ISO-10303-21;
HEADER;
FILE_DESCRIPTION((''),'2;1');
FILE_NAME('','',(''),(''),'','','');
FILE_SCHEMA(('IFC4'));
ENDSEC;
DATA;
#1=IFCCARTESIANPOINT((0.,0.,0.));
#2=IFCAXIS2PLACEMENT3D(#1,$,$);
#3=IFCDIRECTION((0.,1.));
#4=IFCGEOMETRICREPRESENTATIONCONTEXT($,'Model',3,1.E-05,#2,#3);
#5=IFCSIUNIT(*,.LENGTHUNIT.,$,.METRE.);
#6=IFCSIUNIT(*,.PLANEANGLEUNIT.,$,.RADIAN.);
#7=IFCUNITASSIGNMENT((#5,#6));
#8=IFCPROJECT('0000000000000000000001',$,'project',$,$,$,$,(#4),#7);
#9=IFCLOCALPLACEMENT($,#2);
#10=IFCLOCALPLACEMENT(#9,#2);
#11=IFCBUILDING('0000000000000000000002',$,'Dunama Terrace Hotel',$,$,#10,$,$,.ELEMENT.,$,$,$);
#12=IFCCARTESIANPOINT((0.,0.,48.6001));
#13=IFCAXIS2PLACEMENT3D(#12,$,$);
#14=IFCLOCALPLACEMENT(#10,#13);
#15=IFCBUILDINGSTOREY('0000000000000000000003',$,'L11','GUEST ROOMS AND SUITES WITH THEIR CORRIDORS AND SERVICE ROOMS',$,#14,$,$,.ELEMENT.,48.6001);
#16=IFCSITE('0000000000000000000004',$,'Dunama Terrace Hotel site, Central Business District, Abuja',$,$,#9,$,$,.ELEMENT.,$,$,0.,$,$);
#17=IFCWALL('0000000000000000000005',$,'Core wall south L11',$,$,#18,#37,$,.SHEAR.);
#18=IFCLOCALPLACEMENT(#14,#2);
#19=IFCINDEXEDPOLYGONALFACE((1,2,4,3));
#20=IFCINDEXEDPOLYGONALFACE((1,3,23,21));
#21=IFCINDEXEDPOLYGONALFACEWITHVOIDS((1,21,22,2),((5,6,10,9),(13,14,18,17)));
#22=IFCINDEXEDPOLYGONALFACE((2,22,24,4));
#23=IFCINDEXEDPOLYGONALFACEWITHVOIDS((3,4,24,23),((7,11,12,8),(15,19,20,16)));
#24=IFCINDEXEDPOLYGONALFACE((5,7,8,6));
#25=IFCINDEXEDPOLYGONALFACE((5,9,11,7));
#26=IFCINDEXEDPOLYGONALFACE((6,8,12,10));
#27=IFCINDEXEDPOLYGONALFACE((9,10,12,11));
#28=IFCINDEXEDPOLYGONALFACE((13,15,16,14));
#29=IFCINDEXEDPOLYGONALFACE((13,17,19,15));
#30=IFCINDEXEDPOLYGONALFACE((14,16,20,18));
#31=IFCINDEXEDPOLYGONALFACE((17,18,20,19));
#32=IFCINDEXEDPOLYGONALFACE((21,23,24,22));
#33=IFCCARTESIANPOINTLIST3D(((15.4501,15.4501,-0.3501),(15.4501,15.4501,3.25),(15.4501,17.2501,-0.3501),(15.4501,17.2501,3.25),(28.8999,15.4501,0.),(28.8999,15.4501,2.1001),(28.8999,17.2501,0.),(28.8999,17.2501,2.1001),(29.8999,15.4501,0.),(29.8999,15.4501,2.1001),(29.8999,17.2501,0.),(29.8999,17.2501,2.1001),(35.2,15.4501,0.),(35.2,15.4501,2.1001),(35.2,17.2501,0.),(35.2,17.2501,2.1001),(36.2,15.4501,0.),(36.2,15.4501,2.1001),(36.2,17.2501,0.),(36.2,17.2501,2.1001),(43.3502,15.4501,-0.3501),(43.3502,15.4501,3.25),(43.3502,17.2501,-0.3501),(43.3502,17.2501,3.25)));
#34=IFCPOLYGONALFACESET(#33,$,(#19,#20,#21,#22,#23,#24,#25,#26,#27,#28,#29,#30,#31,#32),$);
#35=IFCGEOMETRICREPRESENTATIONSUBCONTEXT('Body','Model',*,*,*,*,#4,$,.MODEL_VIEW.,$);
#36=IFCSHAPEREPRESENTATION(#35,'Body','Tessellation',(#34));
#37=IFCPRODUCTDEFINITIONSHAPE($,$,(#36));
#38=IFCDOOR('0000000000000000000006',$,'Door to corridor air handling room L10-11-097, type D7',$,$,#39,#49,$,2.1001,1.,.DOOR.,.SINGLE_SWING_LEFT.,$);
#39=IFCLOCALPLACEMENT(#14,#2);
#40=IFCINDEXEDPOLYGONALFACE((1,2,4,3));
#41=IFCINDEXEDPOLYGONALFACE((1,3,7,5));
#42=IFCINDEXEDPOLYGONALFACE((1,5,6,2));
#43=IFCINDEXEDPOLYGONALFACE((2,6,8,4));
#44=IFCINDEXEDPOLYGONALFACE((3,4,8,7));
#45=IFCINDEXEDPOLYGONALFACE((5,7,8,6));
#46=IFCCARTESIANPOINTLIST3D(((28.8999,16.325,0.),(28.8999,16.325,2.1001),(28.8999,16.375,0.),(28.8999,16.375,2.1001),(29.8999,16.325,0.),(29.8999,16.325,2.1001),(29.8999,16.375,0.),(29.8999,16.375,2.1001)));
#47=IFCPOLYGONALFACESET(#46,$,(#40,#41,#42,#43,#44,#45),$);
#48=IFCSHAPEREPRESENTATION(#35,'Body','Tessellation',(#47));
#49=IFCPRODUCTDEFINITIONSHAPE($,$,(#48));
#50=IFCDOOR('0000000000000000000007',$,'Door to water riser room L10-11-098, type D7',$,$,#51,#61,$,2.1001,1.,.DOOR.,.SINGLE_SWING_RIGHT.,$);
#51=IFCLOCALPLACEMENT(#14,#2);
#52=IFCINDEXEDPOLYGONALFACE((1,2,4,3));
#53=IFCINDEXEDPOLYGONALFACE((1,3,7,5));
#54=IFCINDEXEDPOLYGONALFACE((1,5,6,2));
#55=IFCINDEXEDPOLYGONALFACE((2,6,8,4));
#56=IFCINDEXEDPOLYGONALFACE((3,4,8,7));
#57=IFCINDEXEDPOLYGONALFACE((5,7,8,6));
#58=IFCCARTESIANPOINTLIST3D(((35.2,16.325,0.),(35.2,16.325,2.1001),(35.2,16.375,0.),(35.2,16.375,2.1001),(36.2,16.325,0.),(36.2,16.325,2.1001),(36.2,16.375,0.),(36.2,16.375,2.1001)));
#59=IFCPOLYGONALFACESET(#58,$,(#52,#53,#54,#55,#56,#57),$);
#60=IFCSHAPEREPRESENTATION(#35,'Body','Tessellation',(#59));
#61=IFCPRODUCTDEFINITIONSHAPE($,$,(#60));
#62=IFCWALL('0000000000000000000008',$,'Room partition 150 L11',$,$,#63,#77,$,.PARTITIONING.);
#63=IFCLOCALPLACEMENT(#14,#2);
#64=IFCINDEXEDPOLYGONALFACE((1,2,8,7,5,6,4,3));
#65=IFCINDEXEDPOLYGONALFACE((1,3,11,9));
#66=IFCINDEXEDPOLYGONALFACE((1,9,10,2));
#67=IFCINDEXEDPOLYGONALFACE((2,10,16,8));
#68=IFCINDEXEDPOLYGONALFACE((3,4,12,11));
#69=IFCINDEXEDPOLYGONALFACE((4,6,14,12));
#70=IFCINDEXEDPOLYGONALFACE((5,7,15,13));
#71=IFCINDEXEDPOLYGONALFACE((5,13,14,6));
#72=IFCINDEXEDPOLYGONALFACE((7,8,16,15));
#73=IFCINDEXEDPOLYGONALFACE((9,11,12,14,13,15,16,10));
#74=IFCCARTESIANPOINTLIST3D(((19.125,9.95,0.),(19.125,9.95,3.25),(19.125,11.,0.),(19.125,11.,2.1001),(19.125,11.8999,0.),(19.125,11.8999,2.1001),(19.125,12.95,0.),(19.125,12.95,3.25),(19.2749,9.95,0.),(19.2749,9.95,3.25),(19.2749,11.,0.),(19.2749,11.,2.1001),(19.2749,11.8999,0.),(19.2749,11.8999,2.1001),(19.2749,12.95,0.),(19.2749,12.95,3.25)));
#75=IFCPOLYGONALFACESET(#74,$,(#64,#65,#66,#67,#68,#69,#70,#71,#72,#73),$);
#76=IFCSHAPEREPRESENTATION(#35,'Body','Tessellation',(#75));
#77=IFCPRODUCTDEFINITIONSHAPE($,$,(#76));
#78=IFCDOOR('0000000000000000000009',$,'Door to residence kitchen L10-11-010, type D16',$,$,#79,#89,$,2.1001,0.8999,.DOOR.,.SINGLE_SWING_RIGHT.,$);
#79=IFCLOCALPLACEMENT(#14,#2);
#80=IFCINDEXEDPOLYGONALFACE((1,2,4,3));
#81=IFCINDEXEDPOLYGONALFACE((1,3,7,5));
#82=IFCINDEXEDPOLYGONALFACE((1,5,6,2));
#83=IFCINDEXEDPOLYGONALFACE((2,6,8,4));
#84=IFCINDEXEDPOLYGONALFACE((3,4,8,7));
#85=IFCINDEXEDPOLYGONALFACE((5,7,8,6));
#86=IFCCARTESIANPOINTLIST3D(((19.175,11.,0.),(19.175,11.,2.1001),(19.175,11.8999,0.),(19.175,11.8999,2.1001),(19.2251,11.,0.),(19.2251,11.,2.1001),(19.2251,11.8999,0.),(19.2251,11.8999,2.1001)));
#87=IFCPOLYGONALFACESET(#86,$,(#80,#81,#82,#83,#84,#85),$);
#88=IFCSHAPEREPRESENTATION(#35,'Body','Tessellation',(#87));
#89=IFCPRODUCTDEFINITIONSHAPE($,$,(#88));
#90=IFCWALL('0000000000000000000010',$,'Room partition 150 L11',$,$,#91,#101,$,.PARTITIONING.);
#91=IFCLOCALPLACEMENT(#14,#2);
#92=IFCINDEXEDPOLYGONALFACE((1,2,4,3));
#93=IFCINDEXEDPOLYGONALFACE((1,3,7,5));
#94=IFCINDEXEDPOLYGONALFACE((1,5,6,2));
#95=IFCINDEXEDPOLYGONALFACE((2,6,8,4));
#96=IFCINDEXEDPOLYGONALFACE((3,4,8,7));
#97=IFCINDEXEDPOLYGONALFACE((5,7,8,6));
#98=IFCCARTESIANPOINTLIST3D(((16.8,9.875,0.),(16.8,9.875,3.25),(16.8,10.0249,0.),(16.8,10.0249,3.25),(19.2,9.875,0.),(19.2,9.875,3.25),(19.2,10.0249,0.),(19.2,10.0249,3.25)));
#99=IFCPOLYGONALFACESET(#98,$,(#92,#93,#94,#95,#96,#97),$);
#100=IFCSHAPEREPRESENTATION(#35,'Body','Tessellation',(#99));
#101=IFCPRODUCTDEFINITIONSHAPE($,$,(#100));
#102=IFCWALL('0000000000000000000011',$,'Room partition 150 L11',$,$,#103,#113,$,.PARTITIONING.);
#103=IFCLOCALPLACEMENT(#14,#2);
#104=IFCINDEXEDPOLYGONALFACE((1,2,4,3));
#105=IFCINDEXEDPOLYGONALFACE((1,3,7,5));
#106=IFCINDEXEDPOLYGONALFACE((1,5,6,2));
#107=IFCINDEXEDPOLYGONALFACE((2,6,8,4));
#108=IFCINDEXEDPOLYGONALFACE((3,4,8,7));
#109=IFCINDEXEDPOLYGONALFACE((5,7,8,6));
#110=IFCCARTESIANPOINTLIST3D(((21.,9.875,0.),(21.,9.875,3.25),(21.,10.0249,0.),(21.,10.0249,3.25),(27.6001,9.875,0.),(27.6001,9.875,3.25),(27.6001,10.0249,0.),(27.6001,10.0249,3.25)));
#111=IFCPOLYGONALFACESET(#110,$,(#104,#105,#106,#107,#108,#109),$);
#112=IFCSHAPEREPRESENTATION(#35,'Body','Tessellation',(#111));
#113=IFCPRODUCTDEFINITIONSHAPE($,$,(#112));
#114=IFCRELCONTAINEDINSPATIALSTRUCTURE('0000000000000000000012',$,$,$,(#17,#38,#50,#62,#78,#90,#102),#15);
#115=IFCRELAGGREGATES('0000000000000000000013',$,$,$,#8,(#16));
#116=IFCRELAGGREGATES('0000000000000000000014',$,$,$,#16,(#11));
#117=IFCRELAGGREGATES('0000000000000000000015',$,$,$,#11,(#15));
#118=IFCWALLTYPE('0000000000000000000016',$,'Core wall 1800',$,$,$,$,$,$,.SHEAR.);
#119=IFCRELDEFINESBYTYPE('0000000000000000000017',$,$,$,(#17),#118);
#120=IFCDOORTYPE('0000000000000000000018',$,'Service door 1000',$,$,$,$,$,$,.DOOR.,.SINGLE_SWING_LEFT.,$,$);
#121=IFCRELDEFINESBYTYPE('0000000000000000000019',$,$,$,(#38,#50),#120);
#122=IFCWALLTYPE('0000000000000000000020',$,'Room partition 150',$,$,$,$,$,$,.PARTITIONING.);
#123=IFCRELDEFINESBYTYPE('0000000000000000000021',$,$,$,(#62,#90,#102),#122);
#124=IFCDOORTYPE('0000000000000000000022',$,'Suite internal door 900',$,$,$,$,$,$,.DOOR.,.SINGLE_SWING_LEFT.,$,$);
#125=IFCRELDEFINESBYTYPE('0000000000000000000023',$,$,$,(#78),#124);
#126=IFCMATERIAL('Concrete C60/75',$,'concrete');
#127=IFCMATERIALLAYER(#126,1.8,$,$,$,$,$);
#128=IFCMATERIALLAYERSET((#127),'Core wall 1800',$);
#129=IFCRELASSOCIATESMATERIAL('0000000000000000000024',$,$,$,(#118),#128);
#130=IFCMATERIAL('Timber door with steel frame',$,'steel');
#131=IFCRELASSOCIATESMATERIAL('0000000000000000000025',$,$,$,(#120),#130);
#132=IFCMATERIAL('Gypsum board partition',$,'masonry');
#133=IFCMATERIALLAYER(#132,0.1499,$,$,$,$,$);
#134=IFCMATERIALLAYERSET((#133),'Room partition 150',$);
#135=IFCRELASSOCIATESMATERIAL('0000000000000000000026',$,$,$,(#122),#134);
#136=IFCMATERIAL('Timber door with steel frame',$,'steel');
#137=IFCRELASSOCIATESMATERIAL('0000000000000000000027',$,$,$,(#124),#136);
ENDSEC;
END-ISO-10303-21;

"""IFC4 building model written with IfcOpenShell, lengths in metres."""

from ifc_helpers import new_model, si_unit, direction, frame, frame_2d, origin, place, context, subcontext, project, spatial, rectangle, extrude, material, layer, layer_set, type_object, element, fill, save


model = new_model("IFC4")

# Units and contexts
model_context = context("Model", 3, precision=1e-05, world=origin(), true_north=direction((0.0, 1.0)))
body_context = subcontext(model_context, "Body", "Model", "MODEL_VIEW")
ifc_project = project(units=[si_unit("LENGTHUNIT", "METRE"), si_unit("PLANEANGLEUNIT", "RADIAN")], contexts=[model_context])

# Site, building, storey
site_placement = place(None, origin())
site = spatial("IfcSite", under=ifc_project, at=site_placement, Name="Dunama Terrace Hotel site, Central Business District, Abuja", CompositionType="ELEMENT", RefElevation=0.0)
building_placement = place(site_placement, origin())
building = spatial("IfcBuilding", under=site, at=building_placement, Name="Dunama Terrace Hotel", CompositionType="ELEMENT")
storey_placement = place(building_placement, frame((0.0, 0.0, 48.6001)))
storey = spatial("IfcBuildingStorey", under=building, at=storey_placement, Name="L11", Description="GUEST ROOMS AND SUITES WITH THEIR CORRIDORS AND SERVICE ROOMS", CompositionType="ELEMENT", Elevation=48.6001)

# Wall, openings, doors
ifc_material_1 = material(Name="Concrete C60/75", Category="concrete")
ifc_layer_1 = layer(ifc_material_1, 1.8)
ifc_layer_set_1 = layer_set([ifc_layer_1], Name="Core wall 1800")
wall_type_1 = type_object("IfcWallType", Name="Core wall 1800", PredefinedType="SHEAR", material=ifc_layer_set_1)
wall_1_placement = place(storey_placement, frame((15.45, 16.3501, -0.3501), z_axis=(0.0, 0.0, 1.0), x_axis=(1.0, 0.0, 0.0)))
wall_1 = element("IfcWall", 1, at=wall_1_placement, inside=storey, type_object=wall_type_1, Name="Core wall south L11", PredefinedType="SHEAR", context=body_context, shape_type="SweptSolid", body=[
    extrude(rectangle(XDim=27.9001, YDim=1.8, at=frame_2d((13.9502, 0.0))), origin(), (0.0, 0.0, 1.0), 3.6001),
])
opening_1_placement = place(wall_1_placement, frame((13.45, 0.0, 0.3501)))
opening_1 = element("IfcOpeningElement", 2, at=opening_1_placement, cuts=wall_1, PredefinedType="OPENING", context=body_context, shape_type="SweptSolid", body=[
    extrude(rectangle(XDim=1.0, YDim=2.1001, at=frame_2d((0.5, 1.05))), frame((0.0, 0.9099, 0.0), z_axis=(0.0, -1.0, 0.0), x_axis=(1.0, 0.0, 0.0)), (0.0, 0.0, 1.0), 1.8201),
])
opening_2_placement = place(wall_1_placement, frame((19.75, 0.0, 0.3501)))
opening_2 = element("IfcOpeningElement", 3, at=opening_2_placement, cuts=wall_1, PredefinedType="OPENING", context=body_context, shape_type="SweptSolid", body=[
    extrude(rectangle(XDim=1.0, YDim=2.1001, at=frame_2d((0.5, 1.05))), frame((0.0, 0.9099, 0.0), z_axis=(0.0, -1.0, 0.0), x_axis=(1.0, 0.0, 0.0)), (0.0, 0.0, 1.0), 1.8201),
])
ifc_material_2 = material(Name="Timber door with steel frame", Category="steel")
door_type_1 = type_object("IfcDoorType", Name="Service door 1000", OperationType="SINGLE_SWING_LEFT", PredefinedType="DOOR", material=ifc_material_2)
door_1_placement = place(opening_1_placement, origin())
door_1 = element("IfcDoor", 4, at=door_1_placement, inside=storey, type_object=door_type_1, Name="Door to corridor air handling room L10-11-097, type D7", OperationType="SINGLE_SWING_LEFT", OverallHeight=2.1001, OverallWidth=1.0, PredefinedType="DOOR", context=body_context, shape_type="SweptSolid", body=[
    extrude(rectangle(XDim=1.0, YDim=2.1001, at=frame_2d((0.5, 1.05))), frame((0.0, 0.0249, 0.0), z_axis=(0.0, -1.0, 0.0), x_axis=(1.0, 0.0, 0.0)), (0.0, 0.0, 1.0), 0.05),
])
fill(opening_1, door_1)
door_2_placement = place(opening_2_placement, origin())
door_2 = element("IfcDoor", 5, at=door_2_placement, inside=storey, type_object=door_type_1, Name="Door to water riser room L10-11-098, type D7", OperationType="SINGLE_SWING_RIGHT", OverallHeight=2.1001, OverallWidth=1.0, PredefinedType="DOOR", context=body_context, shape_type="SweptSolid", body=[
    extrude(rectangle(XDim=1.0, YDim=2.1001, at=frame_2d((0.5, 1.05))), frame((0.0, 0.0249, 0.0), z_axis=(0.0, -1.0, 0.0), x_axis=(1.0, 0.0, 0.0)), (0.0, 0.0, 1.0), 0.05),
])
fill(opening_2, door_2)

# Wall, opening, door
ifc_material_3 = material(Name="Gypsum board partition", Category="masonry")
ifc_layer_2 = layer(ifc_material_3, 0.1499)
ifc_layer_set_2 = layer_set([ifc_layer_2], Name="Room partition 150")
wall_type_2 = type_object("IfcWallType", Name="Room partition 150", PredefinedType="PARTITIONING", material=ifc_layer_set_2)
wall_2_placement = place(storey_placement, frame((19.2, 9.95, 0.0), z_axis=(0.0, 0.0, 1.0), x_axis=(0.0, 1.0, 0.0)))
wall_2 = element("IfcWall", 6, at=wall_2_placement, inside=storey, type_object=wall_type_2, Name="Room partition 150 L11", PredefinedType="PARTITIONING", context=body_context, shape_type="SweptSolid", body=[
    extrude(rectangle(XDim=3.0, YDim=0.1499, at=frame_2d((1.5, 0.0))), origin(), (0.0, 0.0, 1.0), 3.25),
])
opening_3_placement = place(wall_2_placement, frame((1.05, 0.0, 0.0)))
opening_3 = element("IfcOpeningElement", 7, at=opening_3_placement, cuts=wall_2, PredefinedType="OPENING", context=body_context, shape_type="SweptSolid", body=[
    extrude(rectangle(XDim=0.8999, YDim=2.1001, at=frame_2d((0.45, 1.05))), frame((0.0, 0.085, 0.0), z_axis=(0.0, -1.0, 0.0), x_axis=(1.0, 0.0, 0.0)), (0.0, 0.0, 1.0), 0.1699),
])
ifc_material_4 = material(Name="Timber door with steel frame", Category="steel")
door_type_2 = type_object("IfcDoorType", Name="Suite internal door 900", OperationType="SINGLE_SWING_LEFT", PredefinedType="DOOR", material=ifc_material_4)
door_3_placement = place(opening_3_placement, origin())
door_3 = element("IfcDoor", 8, at=door_3_placement, inside=storey, type_object=door_type_2, Name="Door to residence kitchen L10-11-010, type D16", OperationType="SINGLE_SWING_RIGHT", OverallHeight=2.1001, OverallWidth=0.8999, PredefinedType="DOOR", context=body_context, shape_type="SweptSolid", body=[
    extrude(rectangle(XDim=0.8999, YDim=2.1001, at=frame_2d((0.45, 1.05))), frame((0.0, 0.0249, 0.0), z_axis=(0.0, -1.0, 0.0), x_axis=(1.0, 0.0, 0.0)), (0.0, 0.0, 1.0), 0.05),
])
fill(opening_3, door_3)

# Walls
wall_3_placement = place(storey_placement, frame((16.8, 9.95, 0.0), z_axis=(0.0, 0.0, 1.0), x_axis=(1.0, 0.0, 0.0)))
element("IfcWall", 9, at=wall_3_placement, inside=storey, type_object=wall_type_2, Name="Room partition 150 L11", PredefinedType="PARTITIONING", context=body_context, shape_type="SweptSolid", body=[
    extrude(rectangle(XDim=2.3999, YDim=0.1499, at=frame_2d((1.2, 0.0))), origin(), (0.0, 0.0, 1.0), 3.25),
])
wall_4_placement = place(storey_placement, frame((21.0, 9.95, 0.0), z_axis=(0.0, 0.0, 1.0), x_axis=(1.0, 0.0, 0.0)))
element("IfcWall", 10, at=wall_4_placement, inside=storey, type_object=wall_type_2, Name="Room partition 150 L11", PredefinedType="PARTITIONING", context=body_context, shape_type="SweptSolid", body=[
    extrude(rectangle(XDim=6.6001, YDim=0.1499, at=frame_2d((3.3, 0.0))), origin(), (0.0, 0.0, 1.0), 3.25),
])

save(model, "model.ifc")
